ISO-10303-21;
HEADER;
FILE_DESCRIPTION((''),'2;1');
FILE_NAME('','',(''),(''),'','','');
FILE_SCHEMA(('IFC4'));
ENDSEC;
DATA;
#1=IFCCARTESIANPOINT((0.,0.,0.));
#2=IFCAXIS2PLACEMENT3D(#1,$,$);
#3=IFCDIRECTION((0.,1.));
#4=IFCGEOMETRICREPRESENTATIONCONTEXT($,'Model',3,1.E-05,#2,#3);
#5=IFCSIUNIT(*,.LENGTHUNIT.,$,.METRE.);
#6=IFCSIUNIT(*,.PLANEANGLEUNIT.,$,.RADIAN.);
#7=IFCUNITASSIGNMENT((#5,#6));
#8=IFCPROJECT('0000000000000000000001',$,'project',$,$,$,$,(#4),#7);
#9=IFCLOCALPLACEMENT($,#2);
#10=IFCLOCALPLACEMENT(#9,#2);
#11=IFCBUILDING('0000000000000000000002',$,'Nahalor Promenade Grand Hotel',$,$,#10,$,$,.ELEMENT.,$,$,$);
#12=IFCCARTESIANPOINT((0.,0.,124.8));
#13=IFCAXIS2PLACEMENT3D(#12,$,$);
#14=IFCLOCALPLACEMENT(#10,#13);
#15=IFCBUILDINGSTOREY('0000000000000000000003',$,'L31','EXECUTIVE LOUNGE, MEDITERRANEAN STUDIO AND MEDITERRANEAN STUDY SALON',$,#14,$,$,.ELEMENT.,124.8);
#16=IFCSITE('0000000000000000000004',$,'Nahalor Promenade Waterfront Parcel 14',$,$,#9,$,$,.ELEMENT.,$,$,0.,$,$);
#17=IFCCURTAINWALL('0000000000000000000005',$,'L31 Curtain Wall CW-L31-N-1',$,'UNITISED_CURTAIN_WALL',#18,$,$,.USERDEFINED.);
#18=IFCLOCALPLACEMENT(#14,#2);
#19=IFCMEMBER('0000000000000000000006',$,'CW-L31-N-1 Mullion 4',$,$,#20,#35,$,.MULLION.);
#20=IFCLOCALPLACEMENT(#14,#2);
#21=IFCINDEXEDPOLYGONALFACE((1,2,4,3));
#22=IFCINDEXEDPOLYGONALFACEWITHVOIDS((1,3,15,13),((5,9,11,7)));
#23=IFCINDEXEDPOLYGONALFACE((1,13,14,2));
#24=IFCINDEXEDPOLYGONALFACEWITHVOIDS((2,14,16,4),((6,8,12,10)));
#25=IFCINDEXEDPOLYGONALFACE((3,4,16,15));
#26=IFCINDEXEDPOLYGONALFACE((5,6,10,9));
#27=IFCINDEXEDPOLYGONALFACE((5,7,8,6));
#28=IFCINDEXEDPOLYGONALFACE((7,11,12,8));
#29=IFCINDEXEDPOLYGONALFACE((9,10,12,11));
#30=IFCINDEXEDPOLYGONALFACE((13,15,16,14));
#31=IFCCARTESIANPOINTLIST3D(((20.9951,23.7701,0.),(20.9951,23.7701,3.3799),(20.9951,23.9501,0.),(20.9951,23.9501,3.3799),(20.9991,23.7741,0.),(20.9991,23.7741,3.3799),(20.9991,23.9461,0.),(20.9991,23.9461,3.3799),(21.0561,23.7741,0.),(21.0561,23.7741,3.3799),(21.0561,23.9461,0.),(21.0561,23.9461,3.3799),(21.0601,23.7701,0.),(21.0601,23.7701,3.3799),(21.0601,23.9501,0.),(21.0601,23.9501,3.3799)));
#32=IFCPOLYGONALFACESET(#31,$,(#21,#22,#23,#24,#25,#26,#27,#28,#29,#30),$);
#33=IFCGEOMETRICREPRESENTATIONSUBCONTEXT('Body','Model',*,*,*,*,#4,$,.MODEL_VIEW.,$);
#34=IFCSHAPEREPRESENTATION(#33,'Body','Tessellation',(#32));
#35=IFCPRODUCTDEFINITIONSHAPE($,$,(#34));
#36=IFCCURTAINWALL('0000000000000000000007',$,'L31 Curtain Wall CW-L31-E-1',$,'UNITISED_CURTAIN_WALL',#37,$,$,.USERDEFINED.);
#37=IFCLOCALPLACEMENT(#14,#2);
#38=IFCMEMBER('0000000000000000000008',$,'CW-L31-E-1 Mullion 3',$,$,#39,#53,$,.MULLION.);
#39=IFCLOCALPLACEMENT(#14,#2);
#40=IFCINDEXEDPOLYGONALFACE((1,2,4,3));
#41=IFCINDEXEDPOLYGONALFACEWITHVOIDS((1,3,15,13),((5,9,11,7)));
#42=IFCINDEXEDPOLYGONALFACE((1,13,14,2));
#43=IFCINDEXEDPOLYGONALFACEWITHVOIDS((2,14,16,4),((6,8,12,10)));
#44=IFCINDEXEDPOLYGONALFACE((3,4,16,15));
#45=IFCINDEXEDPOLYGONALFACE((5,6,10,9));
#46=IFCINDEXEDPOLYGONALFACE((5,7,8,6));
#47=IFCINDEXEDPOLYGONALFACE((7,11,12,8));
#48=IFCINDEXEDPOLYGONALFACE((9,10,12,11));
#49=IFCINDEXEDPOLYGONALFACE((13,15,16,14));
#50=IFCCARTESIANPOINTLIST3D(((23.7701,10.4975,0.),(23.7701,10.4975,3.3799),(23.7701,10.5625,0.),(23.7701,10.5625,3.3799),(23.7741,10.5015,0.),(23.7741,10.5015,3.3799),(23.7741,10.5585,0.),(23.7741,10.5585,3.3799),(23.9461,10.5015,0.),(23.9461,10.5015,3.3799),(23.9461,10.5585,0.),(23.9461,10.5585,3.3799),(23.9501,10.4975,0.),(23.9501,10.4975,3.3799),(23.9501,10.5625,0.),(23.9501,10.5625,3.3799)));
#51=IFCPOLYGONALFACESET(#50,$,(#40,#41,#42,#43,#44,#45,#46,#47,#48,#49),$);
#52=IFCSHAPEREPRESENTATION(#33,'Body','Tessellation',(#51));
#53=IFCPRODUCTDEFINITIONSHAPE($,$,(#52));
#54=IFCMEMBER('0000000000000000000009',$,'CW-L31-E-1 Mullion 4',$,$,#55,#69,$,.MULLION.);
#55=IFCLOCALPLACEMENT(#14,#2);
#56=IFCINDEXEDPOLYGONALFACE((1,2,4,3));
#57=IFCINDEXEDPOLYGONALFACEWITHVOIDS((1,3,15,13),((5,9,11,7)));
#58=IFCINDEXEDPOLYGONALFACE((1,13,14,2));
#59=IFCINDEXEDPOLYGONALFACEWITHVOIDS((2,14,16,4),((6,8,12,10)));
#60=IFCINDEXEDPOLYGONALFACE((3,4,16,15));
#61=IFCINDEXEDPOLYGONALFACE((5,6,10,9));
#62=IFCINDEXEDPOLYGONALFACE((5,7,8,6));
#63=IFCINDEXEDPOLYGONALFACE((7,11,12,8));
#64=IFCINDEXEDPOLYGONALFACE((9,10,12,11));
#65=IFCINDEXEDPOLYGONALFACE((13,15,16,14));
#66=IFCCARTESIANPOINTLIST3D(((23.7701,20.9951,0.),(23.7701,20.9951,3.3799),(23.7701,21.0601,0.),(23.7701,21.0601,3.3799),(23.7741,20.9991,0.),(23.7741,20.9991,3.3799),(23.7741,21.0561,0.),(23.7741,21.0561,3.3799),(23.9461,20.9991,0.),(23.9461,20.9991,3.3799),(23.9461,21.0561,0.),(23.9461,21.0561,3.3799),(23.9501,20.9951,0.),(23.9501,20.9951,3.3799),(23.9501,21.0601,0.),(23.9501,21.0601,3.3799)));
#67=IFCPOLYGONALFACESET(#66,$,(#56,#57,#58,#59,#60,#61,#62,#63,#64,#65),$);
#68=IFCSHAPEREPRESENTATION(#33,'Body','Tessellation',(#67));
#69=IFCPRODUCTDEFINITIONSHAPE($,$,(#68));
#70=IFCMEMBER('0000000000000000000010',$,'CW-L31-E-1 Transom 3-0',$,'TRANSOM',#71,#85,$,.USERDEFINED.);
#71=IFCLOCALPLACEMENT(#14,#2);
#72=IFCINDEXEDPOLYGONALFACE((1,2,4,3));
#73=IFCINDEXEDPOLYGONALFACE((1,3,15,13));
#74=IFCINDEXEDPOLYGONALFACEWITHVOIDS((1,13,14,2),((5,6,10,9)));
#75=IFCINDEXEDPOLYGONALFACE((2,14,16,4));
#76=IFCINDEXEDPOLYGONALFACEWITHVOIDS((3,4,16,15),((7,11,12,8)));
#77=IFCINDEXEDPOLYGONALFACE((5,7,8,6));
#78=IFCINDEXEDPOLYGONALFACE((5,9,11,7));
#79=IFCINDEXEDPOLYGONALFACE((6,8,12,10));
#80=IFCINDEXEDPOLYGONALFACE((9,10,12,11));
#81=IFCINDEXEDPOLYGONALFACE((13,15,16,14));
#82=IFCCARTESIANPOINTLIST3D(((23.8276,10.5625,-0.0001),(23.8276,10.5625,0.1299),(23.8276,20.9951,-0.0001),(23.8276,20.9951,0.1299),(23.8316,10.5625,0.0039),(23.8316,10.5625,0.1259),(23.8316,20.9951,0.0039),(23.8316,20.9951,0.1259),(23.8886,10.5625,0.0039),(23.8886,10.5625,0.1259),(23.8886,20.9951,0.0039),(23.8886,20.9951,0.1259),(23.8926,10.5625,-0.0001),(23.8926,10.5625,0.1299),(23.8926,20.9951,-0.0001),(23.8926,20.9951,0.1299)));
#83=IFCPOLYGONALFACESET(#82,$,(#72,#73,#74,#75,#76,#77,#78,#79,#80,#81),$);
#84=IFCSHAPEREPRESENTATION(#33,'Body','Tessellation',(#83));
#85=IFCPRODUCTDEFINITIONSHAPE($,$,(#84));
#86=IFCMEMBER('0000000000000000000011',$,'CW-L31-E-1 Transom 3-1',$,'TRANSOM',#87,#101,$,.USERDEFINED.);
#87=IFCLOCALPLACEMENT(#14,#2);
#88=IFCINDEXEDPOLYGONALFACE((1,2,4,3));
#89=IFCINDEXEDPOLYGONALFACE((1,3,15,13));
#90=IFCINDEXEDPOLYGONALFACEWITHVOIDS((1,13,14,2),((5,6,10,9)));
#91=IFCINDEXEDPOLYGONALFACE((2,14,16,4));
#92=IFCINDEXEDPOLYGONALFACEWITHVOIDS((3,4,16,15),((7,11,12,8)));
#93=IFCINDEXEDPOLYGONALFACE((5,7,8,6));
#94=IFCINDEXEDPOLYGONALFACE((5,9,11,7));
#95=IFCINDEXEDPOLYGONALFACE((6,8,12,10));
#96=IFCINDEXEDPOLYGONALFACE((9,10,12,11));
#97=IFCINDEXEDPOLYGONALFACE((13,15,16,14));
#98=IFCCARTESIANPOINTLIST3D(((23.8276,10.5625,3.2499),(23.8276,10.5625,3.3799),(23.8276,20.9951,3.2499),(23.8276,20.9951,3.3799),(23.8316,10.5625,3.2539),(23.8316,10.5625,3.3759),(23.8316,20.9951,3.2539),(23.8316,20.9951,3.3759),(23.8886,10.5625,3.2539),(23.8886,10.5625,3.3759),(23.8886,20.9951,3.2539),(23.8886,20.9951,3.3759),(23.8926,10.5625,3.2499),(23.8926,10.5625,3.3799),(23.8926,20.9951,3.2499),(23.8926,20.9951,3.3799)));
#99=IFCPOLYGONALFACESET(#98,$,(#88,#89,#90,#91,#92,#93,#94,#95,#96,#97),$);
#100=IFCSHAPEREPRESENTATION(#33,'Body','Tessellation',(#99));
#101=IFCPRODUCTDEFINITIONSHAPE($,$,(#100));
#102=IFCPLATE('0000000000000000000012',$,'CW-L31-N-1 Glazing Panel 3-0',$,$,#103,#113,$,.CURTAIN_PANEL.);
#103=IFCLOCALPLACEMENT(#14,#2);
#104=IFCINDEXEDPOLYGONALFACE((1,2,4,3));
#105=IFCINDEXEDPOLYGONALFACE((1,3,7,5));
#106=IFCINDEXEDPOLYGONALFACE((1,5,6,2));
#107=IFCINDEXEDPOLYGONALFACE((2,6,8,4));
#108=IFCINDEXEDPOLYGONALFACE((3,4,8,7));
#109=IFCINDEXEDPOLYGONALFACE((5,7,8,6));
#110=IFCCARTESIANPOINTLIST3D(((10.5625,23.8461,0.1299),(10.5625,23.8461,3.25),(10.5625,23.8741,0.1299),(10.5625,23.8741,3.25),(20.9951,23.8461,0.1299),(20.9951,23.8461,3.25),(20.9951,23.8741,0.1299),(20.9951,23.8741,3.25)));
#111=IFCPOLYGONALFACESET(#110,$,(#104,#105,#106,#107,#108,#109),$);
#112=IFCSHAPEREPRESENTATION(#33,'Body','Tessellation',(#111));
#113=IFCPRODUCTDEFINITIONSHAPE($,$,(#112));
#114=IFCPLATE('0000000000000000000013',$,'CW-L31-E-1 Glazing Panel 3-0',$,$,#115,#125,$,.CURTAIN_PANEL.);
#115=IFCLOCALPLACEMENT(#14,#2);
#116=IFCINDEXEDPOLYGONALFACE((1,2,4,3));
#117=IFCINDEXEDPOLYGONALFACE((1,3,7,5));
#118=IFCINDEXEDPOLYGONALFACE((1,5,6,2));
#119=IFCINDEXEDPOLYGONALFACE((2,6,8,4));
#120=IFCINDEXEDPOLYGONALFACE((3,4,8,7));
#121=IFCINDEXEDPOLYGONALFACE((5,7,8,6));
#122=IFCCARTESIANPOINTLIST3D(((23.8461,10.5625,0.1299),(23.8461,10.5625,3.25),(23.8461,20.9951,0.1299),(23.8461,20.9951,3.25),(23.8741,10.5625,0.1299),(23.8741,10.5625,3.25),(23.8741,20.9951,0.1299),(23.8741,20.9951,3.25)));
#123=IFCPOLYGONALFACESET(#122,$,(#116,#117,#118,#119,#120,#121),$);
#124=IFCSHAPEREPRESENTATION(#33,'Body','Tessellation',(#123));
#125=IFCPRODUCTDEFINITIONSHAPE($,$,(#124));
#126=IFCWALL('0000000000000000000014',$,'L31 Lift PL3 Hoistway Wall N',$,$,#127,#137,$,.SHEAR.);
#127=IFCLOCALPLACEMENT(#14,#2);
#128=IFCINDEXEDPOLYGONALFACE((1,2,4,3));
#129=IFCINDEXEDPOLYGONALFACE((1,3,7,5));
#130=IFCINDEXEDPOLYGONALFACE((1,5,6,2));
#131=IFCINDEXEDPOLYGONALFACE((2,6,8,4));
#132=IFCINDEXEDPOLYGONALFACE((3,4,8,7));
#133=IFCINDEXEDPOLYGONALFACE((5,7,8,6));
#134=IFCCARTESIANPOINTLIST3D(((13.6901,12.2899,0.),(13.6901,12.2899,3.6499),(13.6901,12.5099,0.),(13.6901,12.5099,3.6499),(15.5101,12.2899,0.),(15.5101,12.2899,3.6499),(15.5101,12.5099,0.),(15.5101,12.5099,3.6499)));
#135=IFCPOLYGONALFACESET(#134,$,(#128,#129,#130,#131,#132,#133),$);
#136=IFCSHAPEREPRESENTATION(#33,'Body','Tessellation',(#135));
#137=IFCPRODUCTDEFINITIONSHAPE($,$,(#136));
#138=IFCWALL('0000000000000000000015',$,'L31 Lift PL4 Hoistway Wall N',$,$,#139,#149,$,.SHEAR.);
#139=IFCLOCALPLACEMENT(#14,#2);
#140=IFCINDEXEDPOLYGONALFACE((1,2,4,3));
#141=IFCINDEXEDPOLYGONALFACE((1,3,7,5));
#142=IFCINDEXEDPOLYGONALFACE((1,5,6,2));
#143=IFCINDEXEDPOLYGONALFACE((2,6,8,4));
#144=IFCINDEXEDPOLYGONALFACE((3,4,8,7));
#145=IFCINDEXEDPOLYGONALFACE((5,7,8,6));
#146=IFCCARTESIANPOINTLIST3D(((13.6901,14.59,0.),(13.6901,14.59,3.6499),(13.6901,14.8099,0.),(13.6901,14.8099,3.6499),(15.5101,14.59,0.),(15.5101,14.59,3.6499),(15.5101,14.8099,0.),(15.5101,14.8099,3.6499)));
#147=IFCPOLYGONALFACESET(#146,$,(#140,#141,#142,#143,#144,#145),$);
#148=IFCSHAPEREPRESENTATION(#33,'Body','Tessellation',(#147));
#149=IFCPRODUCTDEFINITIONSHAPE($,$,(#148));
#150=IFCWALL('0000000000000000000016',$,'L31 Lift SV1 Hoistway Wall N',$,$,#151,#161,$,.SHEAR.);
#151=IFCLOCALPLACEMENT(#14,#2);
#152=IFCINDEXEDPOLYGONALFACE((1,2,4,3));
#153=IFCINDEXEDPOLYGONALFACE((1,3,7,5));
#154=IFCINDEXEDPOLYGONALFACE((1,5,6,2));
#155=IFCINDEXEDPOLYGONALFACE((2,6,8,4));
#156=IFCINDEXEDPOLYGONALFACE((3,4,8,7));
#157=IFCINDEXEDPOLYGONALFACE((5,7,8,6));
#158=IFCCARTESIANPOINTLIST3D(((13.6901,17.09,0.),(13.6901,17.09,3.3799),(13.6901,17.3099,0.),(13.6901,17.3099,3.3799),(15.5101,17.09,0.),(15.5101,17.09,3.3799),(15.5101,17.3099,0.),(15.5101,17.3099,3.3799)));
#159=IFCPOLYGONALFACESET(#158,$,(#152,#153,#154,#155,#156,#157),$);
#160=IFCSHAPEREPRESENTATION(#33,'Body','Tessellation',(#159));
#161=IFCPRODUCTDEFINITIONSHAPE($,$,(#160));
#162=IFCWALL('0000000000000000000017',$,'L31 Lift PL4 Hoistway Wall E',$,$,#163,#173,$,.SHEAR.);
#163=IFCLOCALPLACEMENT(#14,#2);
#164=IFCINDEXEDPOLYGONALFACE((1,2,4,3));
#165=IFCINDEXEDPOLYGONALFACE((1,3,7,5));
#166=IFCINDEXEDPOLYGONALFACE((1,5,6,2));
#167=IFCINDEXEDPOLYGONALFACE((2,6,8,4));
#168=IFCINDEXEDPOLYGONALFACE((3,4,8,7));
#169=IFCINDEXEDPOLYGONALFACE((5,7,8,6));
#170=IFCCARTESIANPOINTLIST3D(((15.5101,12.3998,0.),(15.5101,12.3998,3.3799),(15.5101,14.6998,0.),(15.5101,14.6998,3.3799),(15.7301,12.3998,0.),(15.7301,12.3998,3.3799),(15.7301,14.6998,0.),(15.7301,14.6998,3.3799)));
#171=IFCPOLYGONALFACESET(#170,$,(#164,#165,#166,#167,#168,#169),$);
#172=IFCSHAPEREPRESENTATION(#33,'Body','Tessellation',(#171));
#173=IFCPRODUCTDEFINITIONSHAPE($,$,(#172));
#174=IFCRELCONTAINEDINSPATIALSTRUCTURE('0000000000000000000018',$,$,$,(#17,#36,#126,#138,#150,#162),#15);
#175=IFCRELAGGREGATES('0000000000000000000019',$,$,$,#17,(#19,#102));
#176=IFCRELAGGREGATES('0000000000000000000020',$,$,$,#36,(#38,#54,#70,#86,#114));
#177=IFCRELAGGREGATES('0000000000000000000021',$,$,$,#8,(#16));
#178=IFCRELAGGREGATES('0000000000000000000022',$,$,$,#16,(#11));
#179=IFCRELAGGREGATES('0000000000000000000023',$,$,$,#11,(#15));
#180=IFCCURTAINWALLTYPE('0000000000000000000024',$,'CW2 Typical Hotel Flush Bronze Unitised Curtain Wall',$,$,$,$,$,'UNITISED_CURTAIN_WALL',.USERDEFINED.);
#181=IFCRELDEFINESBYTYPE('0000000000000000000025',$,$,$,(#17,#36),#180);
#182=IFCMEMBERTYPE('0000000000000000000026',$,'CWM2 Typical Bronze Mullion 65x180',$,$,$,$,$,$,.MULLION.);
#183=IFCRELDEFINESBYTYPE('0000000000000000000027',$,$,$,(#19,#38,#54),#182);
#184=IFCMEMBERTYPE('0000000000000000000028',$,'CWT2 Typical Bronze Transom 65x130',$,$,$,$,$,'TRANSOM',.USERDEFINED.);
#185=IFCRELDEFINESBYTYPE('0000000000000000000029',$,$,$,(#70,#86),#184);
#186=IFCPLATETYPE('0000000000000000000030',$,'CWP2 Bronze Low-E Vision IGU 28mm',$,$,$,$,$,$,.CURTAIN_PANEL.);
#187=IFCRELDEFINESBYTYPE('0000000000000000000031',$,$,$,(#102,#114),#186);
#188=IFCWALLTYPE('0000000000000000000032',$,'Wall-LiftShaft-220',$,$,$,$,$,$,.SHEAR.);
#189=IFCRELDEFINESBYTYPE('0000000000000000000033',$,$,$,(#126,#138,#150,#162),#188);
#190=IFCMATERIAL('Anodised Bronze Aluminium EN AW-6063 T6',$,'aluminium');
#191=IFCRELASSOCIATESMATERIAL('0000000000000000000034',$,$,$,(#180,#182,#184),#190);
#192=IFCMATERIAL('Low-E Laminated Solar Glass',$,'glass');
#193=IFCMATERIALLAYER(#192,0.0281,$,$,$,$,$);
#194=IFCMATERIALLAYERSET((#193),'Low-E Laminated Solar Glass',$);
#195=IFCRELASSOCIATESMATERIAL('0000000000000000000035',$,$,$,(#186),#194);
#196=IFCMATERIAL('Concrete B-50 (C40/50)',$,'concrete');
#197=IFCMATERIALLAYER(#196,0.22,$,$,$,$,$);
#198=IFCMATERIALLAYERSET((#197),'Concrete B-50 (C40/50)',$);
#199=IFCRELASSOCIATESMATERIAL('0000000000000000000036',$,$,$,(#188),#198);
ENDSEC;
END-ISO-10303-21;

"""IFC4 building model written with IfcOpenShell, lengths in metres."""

from ifc_helpers import new_model, si_unit, direction, frame, frame_2d, origin, origin_2d, place, context, subcontext, project, spatial, rectangle, hollow_rectangle, extrude, source, transform, mapped, material, layer, layer_set, material_profile, profile_set, type_object, element, aggregate, save


model = new_model("IFC4")

# Units and contexts
model_context = context("Model", 3, precision=1e-05, world=origin(), true_north=direction((0.0, 1.0)))
body_context = subcontext(model_context, "Body", "Model", "MODEL_VIEW")
ifc_project = project(units=[si_unit("LENGTHUNIT", "METRE"), si_unit("PLANEANGLEUNIT", "RADIAN")], contexts=[model_context])

# Site, building, storey
site_placement = place(None, origin())
site = spatial("IfcSite", under=ifc_project, at=site_placement, Name="Nahalor Promenade Waterfront Parcel 14", CompositionType="ELEMENT", RefElevation=0.0)
building_placement = place(site_placement, origin())
building = spatial("IfcBuilding", under=site, at=building_placement, Name="Nahalor Promenade Grand Hotel", CompositionType="ELEMENT")
storey_placement = place(building_placement, frame((0.0, 0.0, 124.8)))
storey = spatial("IfcBuildingStorey", under=building, at=storey_placement, Name="L31", Description="EXECUTIVE LOUNGE, MEDITERRANEAN STUDIO AND MEDITERRANEAN STUDY SALON", CompositionType="ELEMENT", Elevation=124.8)

# Curtain wall, member
ifc_material_1 = material(Name="Anodised Bronze Aluminium EN AW-6063 T6", Category="aluminium")
curtain_wall_type = type_object("IfcCurtainWallType", Name="CW2 Typical Hotel Flush Bronze Unitised Curtain Wall", ElementType="UNITISED_CURTAIN_WALL", PredefinedType="USERDEFINED", material=ifc_material_1)
curtain_wall_1_placement = place(storey_placement, origin())
curtain_wall_1 = element("IfcCurtainWall", 1, at=curtain_wall_1_placement, inside=storey, type_object=curtain_wall_type, Name="L31 Curtain Wall CW-L31-N-1", ObjectType="UNITISED_CURTAIN_WALL", PredefinedType="USERDEFINED")
ifc_material_profile_1 = material_profile(ifc_material_1, hollow_rectangle(XDim=0.065, YDim=0.18, WallThickness=0.004, at=origin_2d()), Name="CWM 65x180x4")
ifc_profile_set_1 = profile_set([ifc_material_profile_1], Name="Anodised Bronze Aluminium EN AW-6063 T6")
member_type_1 = type_object("IfcMemberType", Name="CWM2 Typical Bronze Mullion 65x180", PredefinedType="MULLION", material=ifc_profile_set_1)
shared_shape_1 = source(origin(), body_context, "Body", "SweptSolid", [
    extrude(hollow_rectangle(XDim=0.065, YDim=0.18, WallThickness=0.004, at=origin_2d()), origin(), (0.0, 0.0, 1.0), 3.3799),
])
member_1_placement = place(storey_placement, frame((21.0276, 23.8601, 0.0), z_axis=(0.0, 0.0, 1.0), x_axis=(1.0, 0.0, 0.0)))
member_1 = element("IfcMember", 2, at=member_1_placement, type_object=member_type_1, Name="CW-L31-N-1 Mullion 4", PredefinedType="MULLION", context=body_context, shape_type="MappedRepresentation", body=[
    mapped(shared_shape_1, transform((0.0, 0.0, 0.0), scale=1.0)),
])

# Curtain wall, members
curtain_wall_2_placement = place(storey_placement, origin())
curtain_wall_2 = element("IfcCurtainWall", 3, at=curtain_wall_2_placement, inside=storey, type_object=curtain_wall_type, Name="L31 Curtain Wall CW-L31-E-1", ObjectType="UNITISED_CURTAIN_WALL", PredefinedType="USERDEFINED")
member_2_placement = place(storey_placement, frame((23.8601, 10.53, 0.0), z_axis=(0.0, 0.0, 1.0), x_axis=(0.0, 1.0, 0.0)))
member_2 = element("IfcMember", 4, at=member_2_placement, type_object=member_type_1, Name="CW-L31-E-1 Mullion 3", PredefinedType="MULLION", context=body_context, shape_type="MappedRepresentation", body=[
    mapped(shared_shape_1, transform((0.0, 0.0, 0.0), scale=1.0)),
])
member_3_placement = place(storey_placement, frame((23.8601, 21.0276, 0.0), z_axis=(0.0, 0.0, 1.0), x_axis=(0.0, 1.0, 0.0)))
member_3 = element("IfcMember", 5, at=member_3_placement, type_object=member_type_1, Name="CW-L31-E-1 Mullion 4", PredefinedType="MULLION", context=body_context, shape_type="MappedRepresentation", body=[
    mapped(shared_shape_1, transform((0.0, 0.0, 0.0), scale=1.0)),
])
ifc_material_profile_2 = material_profile(ifc_material_1, hollow_rectangle(XDim=0.065, YDim=0.13, WallThickness=0.004, at=origin_2d()), Name="CWT 65x130x4")
ifc_profile_set_2 = profile_set([ifc_material_profile_2], Name="Anodised Bronze Aluminium EN AW-6063 T6")
member_type_2 = type_object("IfcMemberType", Name="CWT2 Typical Bronze Transom 65x130", ElementType="TRANSOM", PredefinedType="USERDEFINED", material=ifc_profile_set_2)
shared_shape_2 = source(origin(), body_context, "Body", "SweptSolid", [
    extrude(hollow_rectangle(XDim=0.065, YDim=0.13, WallThickness=0.004, at=origin_2d()), origin(), (0.0, 0.0, 1.0), 10.4326),
])
member_4_placement = place(storey_placement, frame((23.8601, 10.5625, 0.0649), z_axis=(0.0, 1.0, 0.0), x_axis=(-1.0, 0.0, 0.0)))
member_4 = element("IfcMember", 6, at=member_4_placement, type_object=member_type_2, Name="CW-L31-E-1 Transom 3-0", ObjectType="TRANSOM", PredefinedType="USERDEFINED", context=body_context, shape_type="MappedRepresentation", body=[
    mapped(shared_shape_2, transform((0.0, 0.0, 0.0), scale=1.0)),
])
member_5_placement = place(storey_placement, frame((23.8601, 10.5625, 3.3149), z_axis=(0.0, 1.0, 0.0), x_axis=(-1.0, 0.0, 0.0)))
member_5 = element("IfcMember", 7, at=member_5_placement, type_object=member_type_2, Name="CW-L31-E-1 Transom 3-1", ObjectType="TRANSOM", PredefinedType="USERDEFINED", context=body_context, shape_type="MappedRepresentation", body=[
    mapped(shared_shape_2, transform((0.0, 0.0, 0.0), scale=1.0)),
])

# Plates
ifc_material_2 = material(Name="Low-E Laminated Solar Glass", Category="glass")
ifc_layer_1 = layer(ifc_material_2, 0.0281)
ifc_layer_set_1 = layer_set([ifc_layer_1], Name="Low-E Laminated Solar Glass")
plate_type = type_object("IfcPlateType", Name="CWP2 Bronze Low-E Vision IGU 28mm", PredefinedType="CURTAIN_PANEL", material=ifc_layer_set_1)
shared_shape_3 = source(origin(), body_context, "Body", "SweptSolid", [
    extrude(rectangle(XDim=10.4326, YDim=0.0281, at=origin_2d()), origin(), (0.0, 0.0, 1.0), 3.1201),
])
plate_1_placement = place(storey_placement, frame((15.7788, 23.8601, 0.1299), z_axis=(0.0, 0.0, 1.0), x_axis=(1.0, 0.0, 0.0)))
plate_1 = element("IfcPlate", 8, at=plate_1_placement, type_object=plate_type, Name="CW-L31-N-1 Glazing Panel 3-0", PredefinedType="CURTAIN_PANEL", context=body_context, shape_type="MappedRepresentation", body=[
    mapped(shared_shape_3, transform((0.0, 0.0, 0.0), scale=1.0)),
])
aggregate(curtain_wall_1, [member_1, plate_1])
plate_2_placement = place(storey_placement, frame((23.8601, 15.7788, 0.1299), z_axis=(0.0, 0.0, 1.0), x_axis=(0.0, 1.0, 0.0)))
plate_2 = element("IfcPlate", 9, at=plate_2_placement, type_object=plate_type, Name="CW-L31-E-1 Glazing Panel 3-0", PredefinedType="CURTAIN_PANEL", context=body_context, shape_type="MappedRepresentation", body=[
    mapped(shared_shape_3, transform((0.0, 0.0, 0.0), scale=1.0)),
])
aggregate(curtain_wall_2, [member_2, member_3, member_4, member_5, plate_2])

# Walls
ifc_material_3 = material(Name="Concrete B-50 (C40/50)", Category="concrete")
ifc_layer_2 = layer(ifc_material_3, 0.22)
ifc_layer_set_2 = layer_set([ifc_layer_2], Name="Concrete B-50 (C40/50)")
wall_type_1 = type_object("IfcWallType", Name="Wall-LiftShaft-220", PredefinedType="SHEAR", material=ifc_layer_set_2)
shared_shape_4 = source(origin(), body_context, "Body", "SweptSolid", [
    extrude(rectangle(XDim=1.8201, YDim=0.22, at=frame_2d((0.9102, 0.0))), origin(), (0.0, 0.0, 1.0), 3.6499),
])
for number, where, z_axis, x_axis, name in (
    (10, (13.6899, 12.3999, 0.0), (0.0, 0.0, 1.0), (1.0, 0.0, 0.0), "L31 Lift PL3 Hoistway Wall N"),
    (11, (13.6899, 14.7, 0.0), (0.0, 0.0, 1.0), (1.0, 0.0, 0.0), "L31 Lift PL4 Hoistway Wall N"),
):
    element("IfcWall", number, at=place(storey_placement, frame(where, z_axis=z_axis, x_axis=x_axis)), inside=storey, type_object=wall_type_1, Name=name, PredefinedType="SHEAR", context=body_context, shape_type="MappedRepresentation", body=[
        mapped(shared_shape_4, transform((0.0, 0.0, 0.0), scale=1.0)),
    ])
shared_shape_5 = source(origin(), body_context, "Body", "SweptSolid", [
    extrude(rectangle(XDim=1.8201, YDim=0.22, at=frame_2d((0.9102, 0.0))), origin(), (0.0, 0.0, 1.0), 3.3799),
])
wall_1_placement = place(storey_placement, frame((13.6899, 17.2, 0.0), z_axis=(0.0, 0.0, 1.0), x_axis=(1.0, 0.0, 0.0)))
element("IfcWall", 12, at=wall_1_placement, inside=storey, type_object=wall_type_1, Name="L31 Lift SV1 Hoistway Wall N", PredefinedType="SHEAR", context=body_context, shape_type="MappedRepresentation", body=[
    mapped(shared_shape_5, transform((0.0, 0.0, 0.0), scale=1.0)),
])
shared_shape_6 = source(origin(), body_context, "Body", "SweptSolid", [
    extrude(rectangle(XDim=2.3, YDim=0.22, at=frame_2d((1.1499, 0.0))), origin(), (0.0, 0.0, 1.0), 3.3799),
])
wall_2_placement = place(storey_placement, frame((15.6201, 12.3999, 0.0), z_axis=(0.0, 0.0, 1.0), x_axis=(0.0, 1.0, 0.0)))
element("IfcWall", 13, at=wall_2_placement, inside=storey, type_object=wall_type_1, Name="L31 Lift PL4 Hoistway Wall E", PredefinedType="SHEAR", context=body_context, shape_type="MappedRepresentation", body=[
    mapped(shared_shape_6, transform((0.0, 0.0, 0.0), scale=1.0)),
])

save(model, "model.ifc")
